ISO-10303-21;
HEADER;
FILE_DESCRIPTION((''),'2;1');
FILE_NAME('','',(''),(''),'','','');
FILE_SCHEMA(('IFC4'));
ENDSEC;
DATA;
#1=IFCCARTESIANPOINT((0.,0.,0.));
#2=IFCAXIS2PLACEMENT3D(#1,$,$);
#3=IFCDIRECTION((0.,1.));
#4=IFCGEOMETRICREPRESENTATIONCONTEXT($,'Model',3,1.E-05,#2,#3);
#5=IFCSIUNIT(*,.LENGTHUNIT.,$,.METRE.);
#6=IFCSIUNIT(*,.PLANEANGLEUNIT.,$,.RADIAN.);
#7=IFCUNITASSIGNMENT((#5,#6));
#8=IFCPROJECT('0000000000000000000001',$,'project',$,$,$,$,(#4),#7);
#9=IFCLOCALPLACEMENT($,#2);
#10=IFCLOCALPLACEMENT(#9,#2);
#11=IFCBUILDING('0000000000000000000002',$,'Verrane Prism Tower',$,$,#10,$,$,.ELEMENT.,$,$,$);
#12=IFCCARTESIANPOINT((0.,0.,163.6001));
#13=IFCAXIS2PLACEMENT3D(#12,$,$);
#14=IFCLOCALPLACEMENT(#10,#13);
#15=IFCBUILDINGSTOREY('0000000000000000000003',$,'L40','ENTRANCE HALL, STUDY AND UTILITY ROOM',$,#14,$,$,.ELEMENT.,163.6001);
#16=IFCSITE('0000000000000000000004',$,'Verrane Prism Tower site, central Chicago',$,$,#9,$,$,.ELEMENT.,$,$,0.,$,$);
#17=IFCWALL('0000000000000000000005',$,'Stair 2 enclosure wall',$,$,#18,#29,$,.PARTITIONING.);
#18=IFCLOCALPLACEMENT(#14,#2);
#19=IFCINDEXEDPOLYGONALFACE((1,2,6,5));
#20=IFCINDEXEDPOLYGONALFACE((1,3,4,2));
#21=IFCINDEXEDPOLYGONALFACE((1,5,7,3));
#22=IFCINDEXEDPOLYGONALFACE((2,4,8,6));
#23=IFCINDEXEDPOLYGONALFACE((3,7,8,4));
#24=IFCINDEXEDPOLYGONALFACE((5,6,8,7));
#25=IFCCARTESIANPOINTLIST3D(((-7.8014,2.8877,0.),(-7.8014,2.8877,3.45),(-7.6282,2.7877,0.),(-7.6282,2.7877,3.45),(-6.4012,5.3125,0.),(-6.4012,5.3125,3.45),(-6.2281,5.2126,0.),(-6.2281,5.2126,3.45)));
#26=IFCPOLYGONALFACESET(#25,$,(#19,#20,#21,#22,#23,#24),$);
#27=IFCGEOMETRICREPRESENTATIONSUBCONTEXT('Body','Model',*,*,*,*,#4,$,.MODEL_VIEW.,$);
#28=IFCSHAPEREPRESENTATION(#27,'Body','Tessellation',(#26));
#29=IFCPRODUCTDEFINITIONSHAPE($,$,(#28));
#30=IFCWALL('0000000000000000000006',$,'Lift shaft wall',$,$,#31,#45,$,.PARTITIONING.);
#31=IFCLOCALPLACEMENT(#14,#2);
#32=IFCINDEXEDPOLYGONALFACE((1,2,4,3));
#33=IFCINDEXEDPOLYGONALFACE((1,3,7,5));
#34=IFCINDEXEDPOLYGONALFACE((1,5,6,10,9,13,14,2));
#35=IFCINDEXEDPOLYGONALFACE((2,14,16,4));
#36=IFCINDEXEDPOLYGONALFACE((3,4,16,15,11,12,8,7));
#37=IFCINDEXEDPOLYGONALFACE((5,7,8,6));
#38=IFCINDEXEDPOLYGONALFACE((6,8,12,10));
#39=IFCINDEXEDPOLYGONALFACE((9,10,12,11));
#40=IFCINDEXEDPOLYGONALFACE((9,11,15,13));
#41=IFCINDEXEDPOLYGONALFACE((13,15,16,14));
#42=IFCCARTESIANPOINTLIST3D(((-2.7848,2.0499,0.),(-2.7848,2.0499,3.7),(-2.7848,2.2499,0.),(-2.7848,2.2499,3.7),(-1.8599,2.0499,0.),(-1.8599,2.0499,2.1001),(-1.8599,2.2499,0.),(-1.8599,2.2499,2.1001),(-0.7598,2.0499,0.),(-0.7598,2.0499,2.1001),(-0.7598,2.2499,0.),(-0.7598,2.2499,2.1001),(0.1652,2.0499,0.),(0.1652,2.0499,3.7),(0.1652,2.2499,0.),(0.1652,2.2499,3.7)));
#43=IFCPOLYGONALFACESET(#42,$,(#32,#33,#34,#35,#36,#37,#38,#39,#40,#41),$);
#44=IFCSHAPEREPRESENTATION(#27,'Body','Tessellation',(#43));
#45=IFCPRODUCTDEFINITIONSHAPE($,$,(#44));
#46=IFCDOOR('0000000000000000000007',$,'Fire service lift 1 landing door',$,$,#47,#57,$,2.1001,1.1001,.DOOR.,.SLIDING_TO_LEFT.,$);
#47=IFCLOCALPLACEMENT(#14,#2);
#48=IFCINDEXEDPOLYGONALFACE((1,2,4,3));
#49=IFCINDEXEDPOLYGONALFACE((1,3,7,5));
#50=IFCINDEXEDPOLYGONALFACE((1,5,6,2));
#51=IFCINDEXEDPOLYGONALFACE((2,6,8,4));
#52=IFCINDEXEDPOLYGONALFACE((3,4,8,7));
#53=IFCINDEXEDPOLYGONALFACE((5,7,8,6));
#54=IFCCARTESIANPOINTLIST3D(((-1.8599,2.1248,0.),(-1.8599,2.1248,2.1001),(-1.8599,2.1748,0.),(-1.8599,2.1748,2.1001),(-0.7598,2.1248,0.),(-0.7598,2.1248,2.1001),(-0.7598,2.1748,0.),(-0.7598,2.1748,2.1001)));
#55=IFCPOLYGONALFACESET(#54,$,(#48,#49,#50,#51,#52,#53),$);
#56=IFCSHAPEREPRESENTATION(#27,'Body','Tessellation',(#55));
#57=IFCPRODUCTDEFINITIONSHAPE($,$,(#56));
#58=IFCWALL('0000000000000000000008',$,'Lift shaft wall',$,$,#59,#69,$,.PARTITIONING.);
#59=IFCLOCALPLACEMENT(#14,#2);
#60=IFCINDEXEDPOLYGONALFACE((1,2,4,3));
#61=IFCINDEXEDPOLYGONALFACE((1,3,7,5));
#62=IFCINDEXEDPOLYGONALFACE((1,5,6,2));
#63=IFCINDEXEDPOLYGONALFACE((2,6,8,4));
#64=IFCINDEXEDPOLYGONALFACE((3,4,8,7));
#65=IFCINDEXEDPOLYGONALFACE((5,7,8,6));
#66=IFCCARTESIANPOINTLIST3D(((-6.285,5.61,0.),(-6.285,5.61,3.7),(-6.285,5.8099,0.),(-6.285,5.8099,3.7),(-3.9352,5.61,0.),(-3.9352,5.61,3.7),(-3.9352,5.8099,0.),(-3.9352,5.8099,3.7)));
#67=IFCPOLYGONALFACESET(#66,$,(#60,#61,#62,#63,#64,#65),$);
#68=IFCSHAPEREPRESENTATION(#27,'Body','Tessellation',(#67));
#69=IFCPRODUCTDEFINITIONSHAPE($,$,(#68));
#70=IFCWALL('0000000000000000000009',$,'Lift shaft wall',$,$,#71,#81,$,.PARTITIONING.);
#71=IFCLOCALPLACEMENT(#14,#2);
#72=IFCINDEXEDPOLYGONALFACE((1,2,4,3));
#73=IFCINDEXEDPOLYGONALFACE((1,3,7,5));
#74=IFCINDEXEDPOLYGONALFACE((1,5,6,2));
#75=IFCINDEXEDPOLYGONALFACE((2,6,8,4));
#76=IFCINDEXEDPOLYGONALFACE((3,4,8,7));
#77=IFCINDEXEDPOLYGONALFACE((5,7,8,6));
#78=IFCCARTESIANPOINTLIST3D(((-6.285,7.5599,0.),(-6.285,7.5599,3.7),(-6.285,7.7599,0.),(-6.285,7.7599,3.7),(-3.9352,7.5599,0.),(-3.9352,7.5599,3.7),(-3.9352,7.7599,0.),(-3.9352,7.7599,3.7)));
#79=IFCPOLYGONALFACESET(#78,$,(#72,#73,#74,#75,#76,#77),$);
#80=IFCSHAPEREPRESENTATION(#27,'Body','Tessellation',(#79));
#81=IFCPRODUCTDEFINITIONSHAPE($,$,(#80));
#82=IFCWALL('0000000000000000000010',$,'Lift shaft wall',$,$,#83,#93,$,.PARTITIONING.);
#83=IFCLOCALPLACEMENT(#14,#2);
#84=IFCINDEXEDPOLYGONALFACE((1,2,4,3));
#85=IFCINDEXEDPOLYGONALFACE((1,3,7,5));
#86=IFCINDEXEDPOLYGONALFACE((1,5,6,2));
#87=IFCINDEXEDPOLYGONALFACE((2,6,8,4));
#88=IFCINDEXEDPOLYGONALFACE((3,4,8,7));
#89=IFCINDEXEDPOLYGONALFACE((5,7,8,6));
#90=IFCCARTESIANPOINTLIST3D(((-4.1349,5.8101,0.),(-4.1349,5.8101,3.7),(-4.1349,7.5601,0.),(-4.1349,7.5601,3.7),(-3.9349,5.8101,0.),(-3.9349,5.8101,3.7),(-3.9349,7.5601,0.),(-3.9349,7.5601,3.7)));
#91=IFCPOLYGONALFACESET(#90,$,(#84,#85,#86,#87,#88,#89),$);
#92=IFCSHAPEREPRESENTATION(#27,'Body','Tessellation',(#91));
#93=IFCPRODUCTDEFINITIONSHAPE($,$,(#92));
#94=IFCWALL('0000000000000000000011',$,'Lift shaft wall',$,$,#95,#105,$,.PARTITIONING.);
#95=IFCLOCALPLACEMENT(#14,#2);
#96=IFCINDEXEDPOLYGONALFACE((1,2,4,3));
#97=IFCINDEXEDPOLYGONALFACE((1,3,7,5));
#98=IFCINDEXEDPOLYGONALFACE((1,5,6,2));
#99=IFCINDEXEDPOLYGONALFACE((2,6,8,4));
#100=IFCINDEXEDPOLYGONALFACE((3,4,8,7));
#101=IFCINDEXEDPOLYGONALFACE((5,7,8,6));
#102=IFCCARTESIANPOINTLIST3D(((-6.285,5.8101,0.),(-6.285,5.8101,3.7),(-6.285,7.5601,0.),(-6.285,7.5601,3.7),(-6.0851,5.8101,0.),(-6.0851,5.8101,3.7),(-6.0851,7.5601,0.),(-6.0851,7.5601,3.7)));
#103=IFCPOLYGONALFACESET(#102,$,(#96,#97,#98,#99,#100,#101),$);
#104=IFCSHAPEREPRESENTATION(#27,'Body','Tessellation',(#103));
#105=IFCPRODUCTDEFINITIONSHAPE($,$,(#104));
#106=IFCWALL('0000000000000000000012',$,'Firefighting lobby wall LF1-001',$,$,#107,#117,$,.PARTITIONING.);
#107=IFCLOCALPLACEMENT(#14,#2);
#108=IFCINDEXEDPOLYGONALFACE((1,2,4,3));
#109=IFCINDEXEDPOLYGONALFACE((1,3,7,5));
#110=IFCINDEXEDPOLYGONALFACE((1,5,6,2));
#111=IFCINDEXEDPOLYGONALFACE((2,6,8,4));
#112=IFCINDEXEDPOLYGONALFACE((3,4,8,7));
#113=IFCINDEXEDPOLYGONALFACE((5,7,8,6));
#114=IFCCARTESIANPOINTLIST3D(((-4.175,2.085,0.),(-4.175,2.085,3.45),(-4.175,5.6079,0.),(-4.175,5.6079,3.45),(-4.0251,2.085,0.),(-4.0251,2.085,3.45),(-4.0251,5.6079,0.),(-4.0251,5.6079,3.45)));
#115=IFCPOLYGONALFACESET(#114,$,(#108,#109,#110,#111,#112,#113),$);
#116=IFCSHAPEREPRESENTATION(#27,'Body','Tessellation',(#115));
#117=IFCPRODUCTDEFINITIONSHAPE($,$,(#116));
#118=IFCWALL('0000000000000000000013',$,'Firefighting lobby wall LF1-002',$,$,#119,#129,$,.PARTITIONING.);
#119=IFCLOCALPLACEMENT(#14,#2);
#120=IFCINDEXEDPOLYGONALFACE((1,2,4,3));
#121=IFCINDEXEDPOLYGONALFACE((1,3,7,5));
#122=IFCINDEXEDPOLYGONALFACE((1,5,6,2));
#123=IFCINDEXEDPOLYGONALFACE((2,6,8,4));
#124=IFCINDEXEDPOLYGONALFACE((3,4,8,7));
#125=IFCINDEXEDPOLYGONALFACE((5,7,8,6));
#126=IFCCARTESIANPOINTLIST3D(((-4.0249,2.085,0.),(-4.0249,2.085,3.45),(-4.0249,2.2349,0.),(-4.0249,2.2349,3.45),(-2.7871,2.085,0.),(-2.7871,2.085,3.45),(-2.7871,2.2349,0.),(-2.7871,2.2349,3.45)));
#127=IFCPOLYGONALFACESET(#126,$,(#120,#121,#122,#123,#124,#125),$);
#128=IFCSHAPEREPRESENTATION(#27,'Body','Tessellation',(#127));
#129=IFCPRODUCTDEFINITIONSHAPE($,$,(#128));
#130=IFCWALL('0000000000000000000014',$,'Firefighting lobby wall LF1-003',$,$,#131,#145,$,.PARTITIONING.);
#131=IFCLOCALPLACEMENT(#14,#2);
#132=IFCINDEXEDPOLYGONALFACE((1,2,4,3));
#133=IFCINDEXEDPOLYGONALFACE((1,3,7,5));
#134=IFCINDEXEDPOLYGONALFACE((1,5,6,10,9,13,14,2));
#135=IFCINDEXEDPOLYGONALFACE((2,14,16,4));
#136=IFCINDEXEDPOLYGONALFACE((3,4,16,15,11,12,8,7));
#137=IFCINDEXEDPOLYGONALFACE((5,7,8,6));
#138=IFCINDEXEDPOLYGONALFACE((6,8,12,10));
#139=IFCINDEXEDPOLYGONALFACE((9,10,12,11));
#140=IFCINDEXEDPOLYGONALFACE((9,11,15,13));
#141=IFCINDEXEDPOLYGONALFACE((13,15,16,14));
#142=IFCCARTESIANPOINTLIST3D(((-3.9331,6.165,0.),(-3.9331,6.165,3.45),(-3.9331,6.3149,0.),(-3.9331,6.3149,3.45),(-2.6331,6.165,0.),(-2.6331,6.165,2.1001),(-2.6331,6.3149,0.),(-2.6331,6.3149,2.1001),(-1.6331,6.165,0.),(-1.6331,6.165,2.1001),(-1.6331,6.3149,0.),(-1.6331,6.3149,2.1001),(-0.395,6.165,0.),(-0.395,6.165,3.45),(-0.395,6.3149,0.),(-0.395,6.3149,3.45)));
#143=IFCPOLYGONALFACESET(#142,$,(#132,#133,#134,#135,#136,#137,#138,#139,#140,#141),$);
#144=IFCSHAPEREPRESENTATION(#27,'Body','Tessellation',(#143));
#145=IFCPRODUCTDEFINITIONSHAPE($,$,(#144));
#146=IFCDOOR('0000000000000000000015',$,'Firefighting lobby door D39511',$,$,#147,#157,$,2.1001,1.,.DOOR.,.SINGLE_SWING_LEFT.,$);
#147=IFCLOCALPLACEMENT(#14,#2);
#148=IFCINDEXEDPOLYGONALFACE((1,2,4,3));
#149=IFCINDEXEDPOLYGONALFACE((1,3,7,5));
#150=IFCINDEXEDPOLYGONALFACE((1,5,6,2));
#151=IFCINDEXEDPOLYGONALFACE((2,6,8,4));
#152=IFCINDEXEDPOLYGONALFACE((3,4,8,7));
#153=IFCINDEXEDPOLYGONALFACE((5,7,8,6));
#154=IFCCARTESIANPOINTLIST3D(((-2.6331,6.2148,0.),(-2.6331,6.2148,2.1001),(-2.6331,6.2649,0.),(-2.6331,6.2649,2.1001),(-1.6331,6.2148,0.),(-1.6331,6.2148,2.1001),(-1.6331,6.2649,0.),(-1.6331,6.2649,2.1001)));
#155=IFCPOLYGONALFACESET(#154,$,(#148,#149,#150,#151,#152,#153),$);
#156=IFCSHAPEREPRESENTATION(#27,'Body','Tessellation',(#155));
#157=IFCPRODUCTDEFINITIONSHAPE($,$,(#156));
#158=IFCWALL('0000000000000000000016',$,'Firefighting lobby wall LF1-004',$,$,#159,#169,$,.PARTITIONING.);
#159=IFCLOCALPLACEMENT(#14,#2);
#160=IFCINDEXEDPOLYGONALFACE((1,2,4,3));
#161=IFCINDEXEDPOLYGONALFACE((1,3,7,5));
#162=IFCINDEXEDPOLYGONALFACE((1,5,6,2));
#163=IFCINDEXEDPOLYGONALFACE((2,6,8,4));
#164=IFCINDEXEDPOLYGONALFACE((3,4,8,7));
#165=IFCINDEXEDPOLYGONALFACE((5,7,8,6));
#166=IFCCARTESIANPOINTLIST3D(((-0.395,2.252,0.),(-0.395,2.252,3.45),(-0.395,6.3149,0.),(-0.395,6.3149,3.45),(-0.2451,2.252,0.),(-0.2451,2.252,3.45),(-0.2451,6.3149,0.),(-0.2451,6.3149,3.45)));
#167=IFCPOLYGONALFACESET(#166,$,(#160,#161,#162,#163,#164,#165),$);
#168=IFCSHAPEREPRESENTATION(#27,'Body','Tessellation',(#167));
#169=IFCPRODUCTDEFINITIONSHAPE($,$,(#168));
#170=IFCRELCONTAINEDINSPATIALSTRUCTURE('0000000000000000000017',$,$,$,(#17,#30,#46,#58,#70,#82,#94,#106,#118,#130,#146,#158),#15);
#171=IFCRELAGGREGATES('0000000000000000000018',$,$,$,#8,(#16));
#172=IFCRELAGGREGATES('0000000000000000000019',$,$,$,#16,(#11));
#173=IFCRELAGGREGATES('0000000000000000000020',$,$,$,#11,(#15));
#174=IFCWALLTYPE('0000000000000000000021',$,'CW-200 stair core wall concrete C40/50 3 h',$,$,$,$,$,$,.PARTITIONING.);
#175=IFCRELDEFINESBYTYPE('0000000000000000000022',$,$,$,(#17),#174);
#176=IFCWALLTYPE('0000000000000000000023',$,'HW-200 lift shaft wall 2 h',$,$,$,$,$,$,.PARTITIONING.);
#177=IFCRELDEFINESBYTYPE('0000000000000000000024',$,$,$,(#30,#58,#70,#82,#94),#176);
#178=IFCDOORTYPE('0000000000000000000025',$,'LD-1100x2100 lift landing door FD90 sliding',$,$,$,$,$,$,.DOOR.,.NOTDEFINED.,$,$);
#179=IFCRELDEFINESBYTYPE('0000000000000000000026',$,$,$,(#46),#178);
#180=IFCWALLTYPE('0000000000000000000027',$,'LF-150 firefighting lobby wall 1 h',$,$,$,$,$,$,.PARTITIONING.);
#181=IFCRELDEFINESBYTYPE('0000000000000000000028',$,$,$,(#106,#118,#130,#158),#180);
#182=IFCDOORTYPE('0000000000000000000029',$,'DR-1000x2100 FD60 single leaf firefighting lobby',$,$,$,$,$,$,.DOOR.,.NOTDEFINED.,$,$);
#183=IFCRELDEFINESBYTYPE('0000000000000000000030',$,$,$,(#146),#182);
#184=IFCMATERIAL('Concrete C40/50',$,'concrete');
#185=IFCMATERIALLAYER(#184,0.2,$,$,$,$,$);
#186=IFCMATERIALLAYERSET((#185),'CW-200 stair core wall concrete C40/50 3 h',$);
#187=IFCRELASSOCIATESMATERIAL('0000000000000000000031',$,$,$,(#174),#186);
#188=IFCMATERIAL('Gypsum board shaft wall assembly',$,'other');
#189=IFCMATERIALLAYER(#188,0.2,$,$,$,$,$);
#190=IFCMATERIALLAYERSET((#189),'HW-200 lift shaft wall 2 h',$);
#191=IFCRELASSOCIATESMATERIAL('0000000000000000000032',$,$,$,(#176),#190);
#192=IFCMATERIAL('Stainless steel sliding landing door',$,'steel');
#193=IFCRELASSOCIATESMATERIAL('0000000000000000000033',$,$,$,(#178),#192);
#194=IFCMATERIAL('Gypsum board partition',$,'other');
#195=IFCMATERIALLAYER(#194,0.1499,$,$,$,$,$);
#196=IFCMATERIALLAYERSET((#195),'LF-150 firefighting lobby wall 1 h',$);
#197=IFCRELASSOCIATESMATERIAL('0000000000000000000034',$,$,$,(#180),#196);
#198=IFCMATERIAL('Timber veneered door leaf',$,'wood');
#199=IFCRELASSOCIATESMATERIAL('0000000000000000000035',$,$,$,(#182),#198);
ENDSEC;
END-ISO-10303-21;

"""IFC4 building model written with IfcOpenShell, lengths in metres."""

from ifc_helpers import new_model, si_unit, direction, frame, frame_2d, origin, place, context, subcontext, project, spatial, rectangle, extrude, material, layer, layer_set, type_object, element, fill, save


model = new_model("IFC4")

# Units and contexts
model_context = context("Model", 3, precision=1e-05, world=origin(), true_north=direction((0.0, 1.0)))
body_context = subcontext(model_context, "Body", "Model", "MODEL_VIEW")
ifc_project = project(units=[si_unit("LENGTHUNIT", "METRE"), si_unit("PLANEANGLEUNIT", "RADIAN")], contexts=[model_context])

# Site, building, storey
site_placement = place(None, origin())
site = spatial("IfcSite", under=ifc_project, at=site_placement, Name="Verrane Prism Tower site, central Chicago", CompositionType="ELEMENT", RefElevation=0.0)
building_placement = place(site_placement, origin())
building = spatial("IfcBuilding", under=site, at=building_placement, Name="Verrane Prism Tower", CompositionType="ELEMENT")
storey_placement = place(building_placement, frame((0.0, 0.0, 163.6001)))
storey = spatial("IfcBuildingStorey", under=building, at=storey_placement, Name="L40", Description="ENTRANCE HALL, STUDY AND UTILITY ROOM", CompositionType="ELEMENT", Elevation=163.6001)

# Wall
ifc_material_1 = material(Name="Concrete C40/50", Category="concrete")
ifc_layer_1 = layer(ifc_material_1, 0.2)
ifc_layer_set_1 = layer_set([ifc_layer_1], Name="CW-200 stair core wall concrete C40/50 3 h")
wall_type_1 = type_object("IfcWallType", Name="CW-200 stair core wall concrete C40/50 3 h", PredefinedType="PARTITIONING", material=ifc_layer_set_1)
wall_1_placement = place(storey_placement, frame((-6.3147, 5.2625, 0.0), z_axis=(0.0, 0.0, 1.0), x_axis=(-0.50005, -0.865997, 0.0)))
element("IfcWall", 1, at=wall_1_placement, inside=storey, type_object=wall_type_1, Name="Stair 2 enclosure wall", PredefinedType="PARTITIONING", context=body_context, shape_type="SweptSolid", body=[
    extrude(rectangle(XDim=2.8, YDim=0.2, at=frame_2d((1.3999, 0.0))), origin(), (0.0, 0.0, 1.0), 3.45),
])

# Wall, opening, door
ifc_material_2 = material(Name="Gypsum board shaft wall assembly", Category="other")
ifc_layer_2 = layer(ifc_material_2, 0.2)
ifc_layer_set_2 = layer_set([ifc_layer_2], Name="HW-200 lift shaft wall 2 h")
wall_type_2 = type_object("IfcWallType", Name="HW-200 lift shaft wall 2 h", PredefinedType="PARTITIONING", material=ifc_layer_set_2)
wall_2_placement = place(storey_placement, frame((-2.7849, 2.1499, 0.0), z_axis=(0.0, 0.0, 1.0), x_axis=(1.0, 0.0, 0.0)))
wall_2 = element("IfcWall", 2, at=wall_2_placement, inside=storey, type_object=wall_type_2, Name="Lift shaft wall", PredefinedType="PARTITIONING", context=body_context, shape_type="SweptSolid", body=[
    extrude(rectangle(XDim=2.95, YDim=0.2, at=frame_2d((1.4751, 0.0))), origin(), (0.0, 0.0, 1.0), 3.7),
])
opening_1_placement = place(wall_2_placement, frame((0.925, 0.0, 0.0)))
opening_1 = element("IfcOpeningElement", 3, at=opening_1_placement, cuts=wall_2, PredefinedType="OPENING", context=body_context, shape_type="SweptSolid", body=[
    extrude(rectangle(XDim=1.1001, YDim=2.1001, at=frame_2d((0.55, 1.05))), frame((0.0, 0.1099, 0.0), z_axis=(0.0, -1.0, 0.0), x_axis=(1.0, 0.0, 0.0)), (0.0, 0.0, 1.0), 0.22),
])
ifc_material_3 = material(Name="Stainless steel sliding landing door", Category="steel")
door_type_1 = type_object("IfcDoorType", Name="LD-1100x2100 lift landing door FD90 sliding", OperationType="NOTDEFINED", PredefinedType="DOOR", material=ifc_material_3)
door_1_placement = place(opening_1_placement, origin())
door_1 = element("IfcDoor", 4, at=door_1_placement, inside=storey, type_object=door_type_1, Name="Fire service lift 1 landing door", OperationType="SLIDING_TO_LEFT", OverallHeight=2.1001, OverallWidth=1.1001, PredefinedType="DOOR", context=body_context, shape_type="SweptSolid", body=[
    extrude(rectangle(XDim=1.1001, YDim=2.1001, at=frame_2d((0.55, 1.05))), frame((0.0, 0.0249, 0.0), z_axis=(0.0, -1.0, 0.0), x_axis=(1.0, 0.0, 0.0)), (0.0, 0.0, 1.0), 0.05),
])
fill(opening_1, door_1)

# Walls
for number, where, z_axis, x_axis, name in (
    (5, (-6.2849, 5.71, 0.0), (0.0, 0.0, 1.0), (1.0, 0.0, 0.0), "Lift shaft wall"),
    (6, (-6.2849, 7.6599, 0.0), (0.0, 0.0, 1.0), (1.0, 0.0, 0.0), "Lift shaft wall"),
):
    element("IfcWall", number, at=place(storey_placement, frame(where, z_axis=z_axis, x_axis=x_axis)), inside=storey, type_object=wall_type_2, Name=name, PredefinedType="PARTITIONING", context=body_context, shape_type="SweptSolid", body=[
        extrude(rectangle(XDim=2.3499, YDim=0.2, at=frame_2d((1.1748, 0.0))), origin(), (0.0, 0.0, 1.0), 3.7),
    ])
for number, where, z_axis, x_axis, name in (
    (7, (-4.0349, 5.8101, 0.0), (0.0, 0.0, 1.0), (0.0, 1.0, 0.0), "Lift shaft wall"),
    (8, (-6.1851, 5.8101, 0.0), (0.0, 0.0, 1.0), (0.0, 1.0, 0.0), "Lift shaft wall"),
):
    element("IfcWall", number, at=place(storey_placement, frame(where, z_axis=z_axis, x_axis=x_axis)), inside=storey, type_object=wall_type_2, Name=name, PredefinedType="PARTITIONING", context=body_context, shape_type="SweptSolid", body=[
        extrude(rectangle(XDim=1.75, YDim=0.2, at=frame_2d((0.875, 0.0))), origin(), (0.0, 0.0, 1.0), 3.7),
    ])
ifc_material_4 = material(Name="Gypsum board partition", Category="other")
ifc_layer_3 = layer(ifc_material_4, 0.1499)
ifc_layer_set_3 = layer_set([ifc_layer_3], Name="LF-150 firefighting lobby wall 1 h")
wall_type_3 = type_object("IfcWallType", Name="LF-150 firefighting lobby wall 1 h", PredefinedType="PARTITIONING", material=ifc_layer_set_3)
wall_3_placement = place(storey_placement, frame((-4.1001, 2.085, 0.0), z_axis=(0.0, 0.0, 1.0), x_axis=(0.0, 1.0, 0.0)))
element("IfcWall", 9, at=wall_3_placement, inside=storey, type_object=wall_type_3, Name="Firefighting lobby wall LF1-001", PredefinedType="PARTITIONING", context=body_context, shape_type="SweptSolid", body=[
    extrude(rectangle(XDim=3.5229, YDim=0.1499, at=frame_2d((1.7615, 0.0))), origin(), (0.0, 0.0, 1.0), 3.45),
])
wall_4_placement = place(storey_placement, frame((-4.0249, 2.1599, 0.0), z_axis=(0.0, 0.0, 1.0), x_axis=(1.0, 0.0, 0.0)))
element("IfcWall", 10, at=wall_4_placement, inside=storey, type_object=wall_type_3, Name="Firefighting lobby wall LF1-002", PredefinedType="PARTITIONING", context=body_context, shape_type="SweptSolid", body=[
    extrude(rectangle(XDim=1.2378, YDim=0.1499, at=frame_2d((0.6189, 0.0))), origin(), (0.0, 0.0, 1.0), 3.45),
])

# Wall, opening, door
wall_5_placement = place(storey_placement, frame((-3.9331, 6.24, 0.0), z_axis=(0.0, 0.0, 1.0), x_axis=(1.0, 0.0, 0.0)))
wall_5 = element("IfcWall", 11, at=wall_5_placement, inside=storey, type_object=wall_type_3, Name="Firefighting lobby wall LF1-003", PredefinedType="PARTITIONING", context=body_context, shape_type="SweptSolid", body=[
    extrude(rectangle(XDim=3.5381, YDim=0.1499, at=frame_2d((1.769, 0.0))), origin(), (0.0, 0.0, 1.0), 3.45),
])
opening_2_placement = place(wall_5_placement, frame((1.3, 0.0, 0.0)))
opening_2 = element("IfcOpeningElement", 12, at=opening_2_placement, cuts=wall_5, PredefinedType="OPENING", context=body_context, shape_type="SweptSolid", body=[
    extrude(rectangle(XDim=1.0, YDim=2.1001, at=frame_2d((0.5, 1.05))), frame((0.0, 0.085, 0.0), z_axis=(0.0, -1.0, 0.0), x_axis=(1.0, 0.0, 0.0)), (0.0, 0.0, 1.0), 0.1699),
])
ifc_material_5 = material(Name="Timber veneered door leaf", Category="wood")
door_type_2 = type_object("IfcDoorType", Name="DR-1000x2100 FD60 single leaf firefighting lobby", OperationType="NOTDEFINED", PredefinedType="DOOR", material=ifc_material_5)
door_2_placement = place(opening_2_placement, origin())
door_2 = element("IfcDoor", 13, at=door_2_placement, inside=storey, type_object=door_type_2, Name="Firefighting lobby door D39511", OperationType="SINGLE_SWING_LEFT", OverallHeight=2.1001, OverallWidth=1.0, PredefinedType="DOOR", context=body_context, shape_type="SweptSolid", body=[
    extrude(rectangle(XDim=1.0, YDim=2.1001, at=frame_2d((0.5, 1.05))), frame((0.0, 0.0249, 0.0), z_axis=(0.0, -1.0, 0.0), x_axis=(1.0, 0.0, 0.0)), (0.0, 0.0, 1.0), 0.05),
])
fill(opening_2, door_2)

# Wall
wall_6_placement = place(storey_placement, frame((-0.3201, 2.252, 0.0), z_axis=(0.0, 0.0, 1.0), x_axis=(0.0, 1.0, 0.0)))
element("IfcWall", 14, at=wall_6_placement, inside=storey, type_object=wall_type_3, Name="Firefighting lobby wall LF1-004", PredefinedType="PARTITIONING", context=body_context, shape_type="SweptSolid", body=[
    extrude(rectangle(XDim=4.063, YDim=0.1499, at=frame_2d((2.0315, 0.0))), origin(), (0.0, 0.0, 1.0), 3.45),
])

save(model, "model.ifc")
